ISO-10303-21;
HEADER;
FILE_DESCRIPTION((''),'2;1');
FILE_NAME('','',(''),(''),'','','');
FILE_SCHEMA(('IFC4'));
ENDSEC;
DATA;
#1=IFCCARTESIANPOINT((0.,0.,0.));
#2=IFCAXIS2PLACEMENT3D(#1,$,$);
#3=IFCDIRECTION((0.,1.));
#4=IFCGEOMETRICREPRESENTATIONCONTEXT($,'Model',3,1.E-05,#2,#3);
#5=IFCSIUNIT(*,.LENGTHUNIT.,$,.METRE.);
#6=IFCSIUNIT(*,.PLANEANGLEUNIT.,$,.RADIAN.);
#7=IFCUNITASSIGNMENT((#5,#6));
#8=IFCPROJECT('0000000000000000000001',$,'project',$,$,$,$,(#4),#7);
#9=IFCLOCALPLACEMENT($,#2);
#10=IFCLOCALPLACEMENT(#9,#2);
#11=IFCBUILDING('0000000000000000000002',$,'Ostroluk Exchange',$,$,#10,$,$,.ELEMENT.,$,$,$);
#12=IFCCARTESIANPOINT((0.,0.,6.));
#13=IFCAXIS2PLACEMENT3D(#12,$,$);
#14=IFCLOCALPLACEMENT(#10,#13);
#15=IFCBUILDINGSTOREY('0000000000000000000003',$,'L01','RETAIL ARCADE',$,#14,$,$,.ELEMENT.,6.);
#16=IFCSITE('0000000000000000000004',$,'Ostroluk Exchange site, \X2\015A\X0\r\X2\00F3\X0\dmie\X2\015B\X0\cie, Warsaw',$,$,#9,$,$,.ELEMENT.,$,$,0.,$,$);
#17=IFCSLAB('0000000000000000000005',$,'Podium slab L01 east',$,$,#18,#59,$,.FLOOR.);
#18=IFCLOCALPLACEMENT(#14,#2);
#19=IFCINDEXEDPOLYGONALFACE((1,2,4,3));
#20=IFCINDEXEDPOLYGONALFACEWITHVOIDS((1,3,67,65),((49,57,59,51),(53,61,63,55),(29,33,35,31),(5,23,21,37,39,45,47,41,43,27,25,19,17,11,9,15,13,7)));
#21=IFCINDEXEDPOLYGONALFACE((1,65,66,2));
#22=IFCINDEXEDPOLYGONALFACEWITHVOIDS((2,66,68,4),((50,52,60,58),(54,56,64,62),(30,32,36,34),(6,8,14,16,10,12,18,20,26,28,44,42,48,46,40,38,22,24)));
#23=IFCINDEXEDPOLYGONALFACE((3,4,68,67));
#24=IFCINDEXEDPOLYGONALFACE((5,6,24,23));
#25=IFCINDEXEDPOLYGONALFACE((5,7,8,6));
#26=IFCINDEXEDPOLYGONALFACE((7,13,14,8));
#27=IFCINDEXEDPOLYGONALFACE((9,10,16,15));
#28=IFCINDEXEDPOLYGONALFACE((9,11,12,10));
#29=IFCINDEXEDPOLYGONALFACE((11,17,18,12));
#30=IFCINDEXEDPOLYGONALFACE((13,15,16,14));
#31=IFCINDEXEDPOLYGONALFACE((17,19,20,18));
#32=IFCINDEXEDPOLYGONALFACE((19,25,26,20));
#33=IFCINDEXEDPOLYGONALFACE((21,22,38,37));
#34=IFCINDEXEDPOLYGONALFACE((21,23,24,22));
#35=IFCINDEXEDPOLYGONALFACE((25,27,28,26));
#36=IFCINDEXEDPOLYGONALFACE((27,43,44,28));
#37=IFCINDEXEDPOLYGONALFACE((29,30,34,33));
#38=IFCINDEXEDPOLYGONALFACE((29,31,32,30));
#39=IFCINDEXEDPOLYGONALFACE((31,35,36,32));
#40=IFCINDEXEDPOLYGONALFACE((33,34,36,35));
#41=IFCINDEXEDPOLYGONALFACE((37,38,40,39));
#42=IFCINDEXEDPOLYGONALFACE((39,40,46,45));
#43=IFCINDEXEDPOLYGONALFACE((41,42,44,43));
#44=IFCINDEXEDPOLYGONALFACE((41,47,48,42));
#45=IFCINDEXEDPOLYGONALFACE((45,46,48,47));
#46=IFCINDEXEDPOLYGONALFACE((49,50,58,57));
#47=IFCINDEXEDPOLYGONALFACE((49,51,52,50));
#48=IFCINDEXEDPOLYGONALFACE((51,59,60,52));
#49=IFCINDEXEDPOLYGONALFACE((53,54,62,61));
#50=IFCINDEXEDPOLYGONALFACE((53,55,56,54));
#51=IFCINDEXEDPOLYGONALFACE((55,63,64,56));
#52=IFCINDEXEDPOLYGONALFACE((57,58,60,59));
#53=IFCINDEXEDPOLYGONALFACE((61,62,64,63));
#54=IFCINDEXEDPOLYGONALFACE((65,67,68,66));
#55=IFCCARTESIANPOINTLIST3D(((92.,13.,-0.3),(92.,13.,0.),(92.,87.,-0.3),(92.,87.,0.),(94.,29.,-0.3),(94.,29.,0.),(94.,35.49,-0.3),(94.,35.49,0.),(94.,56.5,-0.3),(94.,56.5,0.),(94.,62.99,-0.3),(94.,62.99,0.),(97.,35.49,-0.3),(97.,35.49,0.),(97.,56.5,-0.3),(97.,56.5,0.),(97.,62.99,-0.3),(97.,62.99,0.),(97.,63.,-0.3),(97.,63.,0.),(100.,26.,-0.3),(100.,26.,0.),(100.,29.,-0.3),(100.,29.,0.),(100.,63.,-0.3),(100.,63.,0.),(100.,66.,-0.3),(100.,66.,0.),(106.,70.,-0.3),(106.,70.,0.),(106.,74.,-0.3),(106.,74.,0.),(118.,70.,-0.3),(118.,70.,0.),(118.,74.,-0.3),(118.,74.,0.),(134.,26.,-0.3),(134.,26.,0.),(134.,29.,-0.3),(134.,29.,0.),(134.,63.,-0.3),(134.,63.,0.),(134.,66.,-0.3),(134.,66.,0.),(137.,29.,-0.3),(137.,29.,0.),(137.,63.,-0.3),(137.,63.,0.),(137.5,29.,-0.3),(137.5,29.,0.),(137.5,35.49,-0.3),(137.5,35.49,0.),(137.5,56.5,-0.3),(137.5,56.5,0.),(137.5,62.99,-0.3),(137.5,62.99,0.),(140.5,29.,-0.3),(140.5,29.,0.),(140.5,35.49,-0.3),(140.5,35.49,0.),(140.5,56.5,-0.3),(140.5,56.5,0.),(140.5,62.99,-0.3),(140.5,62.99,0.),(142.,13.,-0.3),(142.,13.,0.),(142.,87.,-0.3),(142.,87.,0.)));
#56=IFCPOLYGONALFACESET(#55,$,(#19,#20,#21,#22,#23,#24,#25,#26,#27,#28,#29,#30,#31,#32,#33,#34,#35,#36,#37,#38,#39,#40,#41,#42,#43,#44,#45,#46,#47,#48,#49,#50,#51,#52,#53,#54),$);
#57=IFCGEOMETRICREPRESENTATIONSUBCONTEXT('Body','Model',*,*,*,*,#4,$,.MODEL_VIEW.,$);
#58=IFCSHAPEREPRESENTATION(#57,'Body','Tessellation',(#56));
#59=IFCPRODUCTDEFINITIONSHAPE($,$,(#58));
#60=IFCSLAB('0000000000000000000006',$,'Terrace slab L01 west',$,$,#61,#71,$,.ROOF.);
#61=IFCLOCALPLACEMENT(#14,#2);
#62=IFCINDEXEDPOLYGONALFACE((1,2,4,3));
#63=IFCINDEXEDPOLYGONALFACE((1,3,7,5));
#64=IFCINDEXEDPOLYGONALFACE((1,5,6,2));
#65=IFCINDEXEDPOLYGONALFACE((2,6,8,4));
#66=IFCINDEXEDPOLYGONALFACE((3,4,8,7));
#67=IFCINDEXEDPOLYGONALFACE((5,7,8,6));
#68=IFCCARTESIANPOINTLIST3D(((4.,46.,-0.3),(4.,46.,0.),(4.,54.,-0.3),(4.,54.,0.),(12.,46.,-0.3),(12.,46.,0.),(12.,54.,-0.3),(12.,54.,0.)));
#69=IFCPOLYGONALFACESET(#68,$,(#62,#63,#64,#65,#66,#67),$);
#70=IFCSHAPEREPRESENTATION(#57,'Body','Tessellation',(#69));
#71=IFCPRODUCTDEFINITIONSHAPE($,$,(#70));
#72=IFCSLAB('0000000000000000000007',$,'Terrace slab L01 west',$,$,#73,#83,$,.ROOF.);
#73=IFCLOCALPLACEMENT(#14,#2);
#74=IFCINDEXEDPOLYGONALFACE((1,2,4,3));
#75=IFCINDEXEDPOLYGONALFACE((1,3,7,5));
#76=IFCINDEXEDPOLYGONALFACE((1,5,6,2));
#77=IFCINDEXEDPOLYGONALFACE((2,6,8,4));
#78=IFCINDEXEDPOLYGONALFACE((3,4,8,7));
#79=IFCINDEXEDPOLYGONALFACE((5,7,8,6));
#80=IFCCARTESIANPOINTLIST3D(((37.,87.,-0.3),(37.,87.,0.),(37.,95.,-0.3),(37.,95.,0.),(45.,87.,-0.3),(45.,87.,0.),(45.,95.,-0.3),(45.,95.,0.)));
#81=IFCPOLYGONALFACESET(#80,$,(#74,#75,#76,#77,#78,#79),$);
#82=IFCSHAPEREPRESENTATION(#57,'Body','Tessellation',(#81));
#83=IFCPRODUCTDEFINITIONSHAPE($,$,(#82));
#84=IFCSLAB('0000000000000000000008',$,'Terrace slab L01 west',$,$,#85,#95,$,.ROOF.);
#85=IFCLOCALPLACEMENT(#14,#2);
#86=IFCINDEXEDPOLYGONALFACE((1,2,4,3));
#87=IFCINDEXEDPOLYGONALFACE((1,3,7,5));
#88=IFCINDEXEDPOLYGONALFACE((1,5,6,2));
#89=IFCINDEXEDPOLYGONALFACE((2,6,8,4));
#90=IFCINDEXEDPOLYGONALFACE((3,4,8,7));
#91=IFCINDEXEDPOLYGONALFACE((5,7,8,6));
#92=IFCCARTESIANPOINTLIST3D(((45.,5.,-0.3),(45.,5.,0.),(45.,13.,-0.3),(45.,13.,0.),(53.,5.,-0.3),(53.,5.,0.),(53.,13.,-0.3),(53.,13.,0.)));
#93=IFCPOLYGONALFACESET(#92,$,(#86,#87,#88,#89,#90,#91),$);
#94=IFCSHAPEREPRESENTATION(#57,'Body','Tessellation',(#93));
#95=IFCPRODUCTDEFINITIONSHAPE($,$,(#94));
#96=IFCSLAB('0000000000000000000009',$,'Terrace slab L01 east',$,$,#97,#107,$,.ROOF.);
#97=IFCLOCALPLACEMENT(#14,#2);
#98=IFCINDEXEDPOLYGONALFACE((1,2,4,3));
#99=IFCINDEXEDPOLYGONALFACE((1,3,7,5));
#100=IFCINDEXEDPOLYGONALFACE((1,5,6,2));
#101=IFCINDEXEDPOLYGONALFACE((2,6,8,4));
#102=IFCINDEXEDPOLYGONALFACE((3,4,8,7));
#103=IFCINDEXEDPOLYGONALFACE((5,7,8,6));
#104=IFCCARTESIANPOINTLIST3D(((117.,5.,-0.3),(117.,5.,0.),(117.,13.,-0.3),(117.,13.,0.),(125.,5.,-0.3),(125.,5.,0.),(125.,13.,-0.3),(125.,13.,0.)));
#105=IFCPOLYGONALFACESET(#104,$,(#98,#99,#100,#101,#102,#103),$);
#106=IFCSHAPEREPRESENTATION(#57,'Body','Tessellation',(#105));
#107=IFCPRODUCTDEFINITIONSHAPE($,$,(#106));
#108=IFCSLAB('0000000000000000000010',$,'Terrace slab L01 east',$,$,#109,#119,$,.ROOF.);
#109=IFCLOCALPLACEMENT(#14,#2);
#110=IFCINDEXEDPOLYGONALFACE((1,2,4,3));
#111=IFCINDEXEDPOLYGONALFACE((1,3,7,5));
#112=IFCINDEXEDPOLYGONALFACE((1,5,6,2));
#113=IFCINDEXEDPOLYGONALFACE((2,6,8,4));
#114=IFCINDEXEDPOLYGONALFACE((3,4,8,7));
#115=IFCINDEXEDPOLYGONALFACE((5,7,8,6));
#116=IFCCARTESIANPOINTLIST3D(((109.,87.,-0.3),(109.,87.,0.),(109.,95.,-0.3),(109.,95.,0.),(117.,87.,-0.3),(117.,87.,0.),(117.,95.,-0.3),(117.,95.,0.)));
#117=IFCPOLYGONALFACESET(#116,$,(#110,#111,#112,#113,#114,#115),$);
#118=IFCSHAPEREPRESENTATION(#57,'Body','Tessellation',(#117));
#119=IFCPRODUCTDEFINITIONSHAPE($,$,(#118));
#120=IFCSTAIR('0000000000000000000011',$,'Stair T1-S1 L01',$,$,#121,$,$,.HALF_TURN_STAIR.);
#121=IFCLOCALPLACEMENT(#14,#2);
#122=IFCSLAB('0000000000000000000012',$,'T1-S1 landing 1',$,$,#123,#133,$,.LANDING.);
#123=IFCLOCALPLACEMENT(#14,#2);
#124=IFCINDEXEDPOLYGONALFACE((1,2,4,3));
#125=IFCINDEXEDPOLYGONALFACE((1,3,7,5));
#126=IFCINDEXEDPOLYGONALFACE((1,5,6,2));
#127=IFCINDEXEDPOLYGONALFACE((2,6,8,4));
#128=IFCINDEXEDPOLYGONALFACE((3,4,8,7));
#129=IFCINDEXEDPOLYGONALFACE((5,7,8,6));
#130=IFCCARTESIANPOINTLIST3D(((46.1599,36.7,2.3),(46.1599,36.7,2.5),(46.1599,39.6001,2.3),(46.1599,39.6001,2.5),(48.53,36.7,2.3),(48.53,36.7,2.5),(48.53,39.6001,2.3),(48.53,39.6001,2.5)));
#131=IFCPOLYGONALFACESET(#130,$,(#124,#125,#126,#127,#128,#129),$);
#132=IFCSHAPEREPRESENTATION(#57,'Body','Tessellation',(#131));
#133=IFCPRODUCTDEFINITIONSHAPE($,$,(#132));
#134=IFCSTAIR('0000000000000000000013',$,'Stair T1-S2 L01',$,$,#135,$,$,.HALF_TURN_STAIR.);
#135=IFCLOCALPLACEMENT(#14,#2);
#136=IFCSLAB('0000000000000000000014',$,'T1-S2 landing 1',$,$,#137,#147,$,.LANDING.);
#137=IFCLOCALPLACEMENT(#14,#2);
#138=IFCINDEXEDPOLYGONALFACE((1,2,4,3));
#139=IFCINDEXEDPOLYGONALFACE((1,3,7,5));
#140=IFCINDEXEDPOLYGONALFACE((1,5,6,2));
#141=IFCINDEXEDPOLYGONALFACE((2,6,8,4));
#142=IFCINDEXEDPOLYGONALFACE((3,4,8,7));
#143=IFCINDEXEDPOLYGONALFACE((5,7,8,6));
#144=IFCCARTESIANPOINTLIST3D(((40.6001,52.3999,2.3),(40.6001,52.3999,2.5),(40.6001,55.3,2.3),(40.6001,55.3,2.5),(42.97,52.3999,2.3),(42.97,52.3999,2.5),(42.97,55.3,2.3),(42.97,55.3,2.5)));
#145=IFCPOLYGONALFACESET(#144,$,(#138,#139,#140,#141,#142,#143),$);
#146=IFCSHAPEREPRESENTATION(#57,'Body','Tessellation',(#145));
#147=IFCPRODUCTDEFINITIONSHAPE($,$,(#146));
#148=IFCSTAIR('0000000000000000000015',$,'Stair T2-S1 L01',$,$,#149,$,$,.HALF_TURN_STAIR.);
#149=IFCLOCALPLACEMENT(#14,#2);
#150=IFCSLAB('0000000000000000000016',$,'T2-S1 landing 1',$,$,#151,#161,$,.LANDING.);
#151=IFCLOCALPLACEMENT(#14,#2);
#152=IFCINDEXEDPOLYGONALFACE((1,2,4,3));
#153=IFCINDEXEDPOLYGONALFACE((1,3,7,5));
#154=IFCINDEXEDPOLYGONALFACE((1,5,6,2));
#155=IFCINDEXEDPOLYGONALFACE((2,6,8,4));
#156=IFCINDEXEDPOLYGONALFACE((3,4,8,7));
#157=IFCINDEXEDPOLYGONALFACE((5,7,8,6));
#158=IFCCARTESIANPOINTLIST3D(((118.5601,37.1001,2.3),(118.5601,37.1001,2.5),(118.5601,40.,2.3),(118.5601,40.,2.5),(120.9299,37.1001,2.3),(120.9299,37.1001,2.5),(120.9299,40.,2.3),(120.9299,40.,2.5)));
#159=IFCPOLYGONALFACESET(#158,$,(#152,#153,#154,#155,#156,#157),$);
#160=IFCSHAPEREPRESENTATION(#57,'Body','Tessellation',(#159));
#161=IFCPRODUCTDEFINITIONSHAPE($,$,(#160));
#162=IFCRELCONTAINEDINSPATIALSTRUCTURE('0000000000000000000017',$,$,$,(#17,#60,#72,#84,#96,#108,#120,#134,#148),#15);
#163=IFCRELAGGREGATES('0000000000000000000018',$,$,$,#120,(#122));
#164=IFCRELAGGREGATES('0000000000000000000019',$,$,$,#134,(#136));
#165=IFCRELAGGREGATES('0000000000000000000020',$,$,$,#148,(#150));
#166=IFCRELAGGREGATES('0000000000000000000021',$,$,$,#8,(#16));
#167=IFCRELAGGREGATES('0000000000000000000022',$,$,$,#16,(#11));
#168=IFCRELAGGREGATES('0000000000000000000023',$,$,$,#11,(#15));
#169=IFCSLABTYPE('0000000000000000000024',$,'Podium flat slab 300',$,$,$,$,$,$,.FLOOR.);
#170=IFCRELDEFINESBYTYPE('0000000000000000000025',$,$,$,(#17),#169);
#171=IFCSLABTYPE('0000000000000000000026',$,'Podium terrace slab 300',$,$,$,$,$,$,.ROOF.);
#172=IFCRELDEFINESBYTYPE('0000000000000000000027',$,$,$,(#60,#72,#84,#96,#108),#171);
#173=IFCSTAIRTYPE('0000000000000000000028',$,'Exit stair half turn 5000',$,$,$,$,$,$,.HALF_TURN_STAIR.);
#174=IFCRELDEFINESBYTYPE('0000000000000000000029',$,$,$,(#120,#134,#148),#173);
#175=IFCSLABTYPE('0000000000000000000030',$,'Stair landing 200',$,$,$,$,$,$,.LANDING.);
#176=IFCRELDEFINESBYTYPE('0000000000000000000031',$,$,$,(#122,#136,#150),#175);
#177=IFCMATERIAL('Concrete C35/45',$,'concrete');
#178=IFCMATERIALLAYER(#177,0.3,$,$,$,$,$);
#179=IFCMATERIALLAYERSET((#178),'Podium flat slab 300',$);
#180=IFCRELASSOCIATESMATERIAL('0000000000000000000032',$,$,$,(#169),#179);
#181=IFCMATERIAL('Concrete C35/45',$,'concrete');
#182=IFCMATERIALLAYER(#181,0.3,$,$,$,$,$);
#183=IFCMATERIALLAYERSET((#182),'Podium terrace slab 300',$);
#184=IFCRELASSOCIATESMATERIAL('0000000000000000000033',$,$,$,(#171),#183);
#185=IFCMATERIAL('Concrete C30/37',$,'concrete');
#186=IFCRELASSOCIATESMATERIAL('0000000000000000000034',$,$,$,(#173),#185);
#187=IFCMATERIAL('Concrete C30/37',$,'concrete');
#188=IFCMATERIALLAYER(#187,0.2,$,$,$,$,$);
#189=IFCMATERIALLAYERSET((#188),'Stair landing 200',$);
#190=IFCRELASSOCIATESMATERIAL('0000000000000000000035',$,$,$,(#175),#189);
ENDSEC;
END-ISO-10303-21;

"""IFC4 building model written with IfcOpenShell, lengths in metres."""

from ifc_helpers import new_model, si_unit, direction, frame, origin, place, context, subcontext, project, spatial, polyline, outline, extrude, material, layer, layer_set, type_object, element, aggregate, save


model = new_model("IFC4")

# Units and contexts
model_context = context("Model", 3, precision=1e-05, world=origin(), true_north=direction((0.0, 1.0)))
body_context = subcontext(model_context, "Body", "Model", "MODEL_VIEW")
ifc_project = project(units=[si_unit("LENGTHUNIT", "METRE"), si_unit("PLANEANGLEUNIT", "RADIAN")], contexts=[model_context])

# Site, building, storey
site_placement = place(None, origin())
site = spatial("IfcSite", under=ifc_project, at=site_placement, Name="Ostroluk Exchange site, Śródmieście, Warsaw", CompositionType="ELEMENT", RefElevation=0.0)
building_placement = place(site_placement, origin())
building = spatial("IfcBuilding", under=site, at=building_placement, Name="Ostroluk Exchange", CompositionType="ELEMENT")
storey_placement = place(building_placement, frame((0.0, 0.0, 6.0)))
storey = spatial("IfcBuildingStorey", under=building, at=storey_placement, Name="L01", Description="RETAIL ARCADE", CompositionType="ELEMENT", Elevation=6.0)

# Slabs
ifc_material_1 = material(Name="Concrete C35/45", Category="concrete")
ifc_layer_1 = layer(ifc_material_1, 0.3)
ifc_layer_set_1 = layer_set([ifc_layer_1], Name="Podium flat slab 300")
slab_type_1 = type_object("IfcSlabType", Name="Podium flat slab 300", PredefinedType="FLOOR", material=ifc_layer_set_1)
slab_1_placement = place(storey_placement, frame((0.0, 0.0, -0.3)))
element("IfcSlab", 1, at=slab_1_placement, inside=storey, type_object=slab_type_1, Name="Podium slab L01 east", PredefinedType="FLOOR", context=body_context, shape_type="SweptSolid", body=[
    extrude(outline(polyline([(92.0, 87.0), (142.0, 87.0), (142.0, 13.0), (92.0, 13.0), (92.0, 87.0)]), holes=[polyline([(94.0, 56.5), (97.0, 56.5), (97.0, 35.49), (94.0, 35.49), (94.0, 29.0), (100.0, 29.0), (100.0, 26.0), (134.0, 26.0), (134.0, 29.0), (137.0, 29.0), (137.0, 63.0), (134.0, 63.0), (134.0, 66.0), (100.0, 66.0), (100.0, 63.0), (97.0, 63.0), (97.0, 62.99), (94.0, 62.99), (94.0, 56.5)]), polyline([(140.5, 35.49), (137.5, 35.49), (137.5, 29.0), (140.5, 29.0), (140.5, 35.49)]), polyline([(140.5, 56.5), (140.5, 62.99), (137.5, 62.99), (137.5, 56.5), (140.5, 56.5)]), polyline([(106.0, 74.0), (106.0, 70.0), (118.0, 70.0), (118.0, 74.0), (106.0, 74.0)])]), origin(), (0.0, 0.0, 1.0), 0.3),
])
ifc_material_2 = material(Name="Concrete C35/45", Category="concrete")
ifc_layer_2 = layer(ifc_material_2, 0.3)
ifc_layer_set_2 = layer_set([ifc_layer_2], Name="Podium terrace slab 300")
slab_type_2 = type_object("IfcSlabType", Name="Podium terrace slab 300", PredefinedType="ROOF", material=ifc_layer_set_2)
slab_2_placement = place(storey_placement, frame((0.0, 0.0, -0.3)))
element("IfcSlab", 2, at=slab_2_placement, inside=storey, type_object=slab_type_2, Name="Terrace slab L01 west", PredefinedType="ROOF", context=body_context, shape_type="SweptSolid", body=[
    extrude(outline(polyline([(4.0, 54.0), (12.0, 54.0), (12.0, 46.0), (4.0, 46.0), (4.0, 54.0)])), origin(), (0.0, 0.0, 1.0), 0.3),
])
slab_3_placement = place(storey_placement, frame((0.0, 0.0, -0.3)))
element("IfcSlab", 3, at=slab_3_placement, inside=storey, type_object=slab_type_2, Name="Terrace slab L01 west", PredefinedType="ROOF", context=body_context, shape_type="SweptSolid", body=[
    extrude(outline(polyline([(45.0, 95.0), (45.0, 87.0), (37.0, 87.0), (37.0, 95.0), (45.0, 95.0)])), origin(), (0.0, 0.0, 1.0), 0.3),
])
slab_4_placement = place(storey_placement, frame((0.0, 0.0, -0.3)))
element("IfcSlab", 4, at=slab_4_placement, inside=storey, type_object=slab_type_2, Name="Terrace slab L01 west", PredefinedType="ROOF", context=body_context, shape_type="SweptSolid", body=[
    extrude(outline(polyline([(53.0, 13.0), (53.0, 5.0), (45.0, 5.0), (45.0, 13.0), (53.0, 13.0)])), origin(), (0.0, 0.0, 1.0), 0.3),
])
slab_5_placement = place(storey_placement, frame((0.0, 0.0, -0.3)))
element("IfcSlab", 5, at=slab_5_placement, inside=storey, type_object=slab_type_2, Name="Terrace slab L01 east", PredefinedType="ROOF", context=body_context, shape_type="SweptSolid", body=[
    extrude(outline(polyline([(125.0, 13.0), (125.0, 5.0), (117.0, 5.0), (117.0, 13.0), (125.0, 13.0)])), origin(), (0.0, 0.0, 1.0), 0.3),
])
slab_6_placement = place(storey_placement, frame((0.0, 0.0, -0.3)))
element("IfcSlab", 6, at=slab_6_placement, inside=storey, type_object=slab_type_2, Name="Terrace slab L01 east", PredefinedType="ROOF", context=body_context, shape_type="SweptSolid", body=[
    extrude(outline(polyline([(117.0, 95.0), (117.0, 87.0), (109.0, 87.0), (109.0, 95.0), (117.0, 95.0)])), origin(), (0.0, 0.0, 1.0), 0.3),
])

# Stairs, slabs
ifc_material_3 = material(Name="Concrete C30/37", Category="concrete")
stair_type = type_object("IfcStairType", Name="Exit stair half turn 5000", PredefinedType="HALF_TURN_STAIR", material=ifc_material_3)
stair_1_placement = place(storey_placement, origin())
stair_1 = element("IfcStair", 7, at=stair_1_placement, inside=storey, type_object=stair_type, Name="Stair T1-S1 L01", PredefinedType="HALF_TURN_STAIR")
ifc_material_4 = material(Name="Concrete C30/37", Category="concrete")
ifc_layer_3 = layer(ifc_material_4, 0.2)
ifc_layer_set_3 = layer_set([ifc_layer_3], Name="Stair landing 200")
slab_type_3 = type_object("IfcSlabType", Name="Stair landing 200", PredefinedType="LANDING", material=ifc_layer_set_3)
slab_7_placement = place(storey_placement, frame((0.0, 0.0, 2.3)))
slab_7 = element("IfcSlab", 8, at=slab_7_placement, type_object=slab_type_3, Name="T1-S1 landing 1", PredefinedType="LANDING", context=body_context, shape_type="SweptSolid", body=[
    extrude(outline(polyline([(46.1599, 36.7), (46.1599, 39.6001), (48.53, 39.6001), (48.53, 36.7), (46.1599, 36.7)])), origin(), (0.0, 0.0, 1.0), 0.2),
])
aggregate(stair_1, [slab_7])
stair_2_placement = place(storey_placement, origin())
stair_2 = element("IfcStair", 9, at=stair_2_placement, inside=storey, type_object=stair_type, Name="Stair T1-S2 L01", PredefinedType="HALF_TURN_STAIR")
slab_8_placement = place(storey_placement, frame((0.0, 0.0, 2.3)))
slab_8 = element("IfcSlab", 10, at=slab_8_placement, type_object=slab_type_3, Name="T1-S2 landing 1", PredefinedType="LANDING", context=body_context, shape_type="SweptSolid", body=[
    extrude(outline(polyline([(42.97, 52.3999), (42.97, 55.3), (40.6001, 55.3), (40.6001, 52.3999), (42.97, 52.3999)])), origin(), (0.0, 0.0, 1.0), 0.2),
])
aggregate(stair_2, [slab_8])
stair_3_placement = place(storey_placement, origin())
stair_3 = element("IfcStair", 11, at=stair_3_placement, inside=storey, type_object=stair_type, Name="Stair T2-S1 L01", PredefinedType="HALF_TURN_STAIR")
slab_9_placement = place(storey_placement, frame((0.0, 0.0, 2.3)))
slab_9 = element("IfcSlab", 12, at=slab_9_placement, type_object=slab_type_3, Name="T2-S1 landing 1", PredefinedType="LANDING", context=body_context, shape_type="SweptSolid", body=[
    extrude(outline(polyline([(118.5601, 37.1001), (118.5601, 40.0), (120.9299, 40.0), (120.9299, 37.1001), (118.5601, 37.1001)])), origin(), (0.0, 0.0, 1.0), 0.2),
])
aggregate(stair_3, [slab_9])

save(model, "model.ifc")
